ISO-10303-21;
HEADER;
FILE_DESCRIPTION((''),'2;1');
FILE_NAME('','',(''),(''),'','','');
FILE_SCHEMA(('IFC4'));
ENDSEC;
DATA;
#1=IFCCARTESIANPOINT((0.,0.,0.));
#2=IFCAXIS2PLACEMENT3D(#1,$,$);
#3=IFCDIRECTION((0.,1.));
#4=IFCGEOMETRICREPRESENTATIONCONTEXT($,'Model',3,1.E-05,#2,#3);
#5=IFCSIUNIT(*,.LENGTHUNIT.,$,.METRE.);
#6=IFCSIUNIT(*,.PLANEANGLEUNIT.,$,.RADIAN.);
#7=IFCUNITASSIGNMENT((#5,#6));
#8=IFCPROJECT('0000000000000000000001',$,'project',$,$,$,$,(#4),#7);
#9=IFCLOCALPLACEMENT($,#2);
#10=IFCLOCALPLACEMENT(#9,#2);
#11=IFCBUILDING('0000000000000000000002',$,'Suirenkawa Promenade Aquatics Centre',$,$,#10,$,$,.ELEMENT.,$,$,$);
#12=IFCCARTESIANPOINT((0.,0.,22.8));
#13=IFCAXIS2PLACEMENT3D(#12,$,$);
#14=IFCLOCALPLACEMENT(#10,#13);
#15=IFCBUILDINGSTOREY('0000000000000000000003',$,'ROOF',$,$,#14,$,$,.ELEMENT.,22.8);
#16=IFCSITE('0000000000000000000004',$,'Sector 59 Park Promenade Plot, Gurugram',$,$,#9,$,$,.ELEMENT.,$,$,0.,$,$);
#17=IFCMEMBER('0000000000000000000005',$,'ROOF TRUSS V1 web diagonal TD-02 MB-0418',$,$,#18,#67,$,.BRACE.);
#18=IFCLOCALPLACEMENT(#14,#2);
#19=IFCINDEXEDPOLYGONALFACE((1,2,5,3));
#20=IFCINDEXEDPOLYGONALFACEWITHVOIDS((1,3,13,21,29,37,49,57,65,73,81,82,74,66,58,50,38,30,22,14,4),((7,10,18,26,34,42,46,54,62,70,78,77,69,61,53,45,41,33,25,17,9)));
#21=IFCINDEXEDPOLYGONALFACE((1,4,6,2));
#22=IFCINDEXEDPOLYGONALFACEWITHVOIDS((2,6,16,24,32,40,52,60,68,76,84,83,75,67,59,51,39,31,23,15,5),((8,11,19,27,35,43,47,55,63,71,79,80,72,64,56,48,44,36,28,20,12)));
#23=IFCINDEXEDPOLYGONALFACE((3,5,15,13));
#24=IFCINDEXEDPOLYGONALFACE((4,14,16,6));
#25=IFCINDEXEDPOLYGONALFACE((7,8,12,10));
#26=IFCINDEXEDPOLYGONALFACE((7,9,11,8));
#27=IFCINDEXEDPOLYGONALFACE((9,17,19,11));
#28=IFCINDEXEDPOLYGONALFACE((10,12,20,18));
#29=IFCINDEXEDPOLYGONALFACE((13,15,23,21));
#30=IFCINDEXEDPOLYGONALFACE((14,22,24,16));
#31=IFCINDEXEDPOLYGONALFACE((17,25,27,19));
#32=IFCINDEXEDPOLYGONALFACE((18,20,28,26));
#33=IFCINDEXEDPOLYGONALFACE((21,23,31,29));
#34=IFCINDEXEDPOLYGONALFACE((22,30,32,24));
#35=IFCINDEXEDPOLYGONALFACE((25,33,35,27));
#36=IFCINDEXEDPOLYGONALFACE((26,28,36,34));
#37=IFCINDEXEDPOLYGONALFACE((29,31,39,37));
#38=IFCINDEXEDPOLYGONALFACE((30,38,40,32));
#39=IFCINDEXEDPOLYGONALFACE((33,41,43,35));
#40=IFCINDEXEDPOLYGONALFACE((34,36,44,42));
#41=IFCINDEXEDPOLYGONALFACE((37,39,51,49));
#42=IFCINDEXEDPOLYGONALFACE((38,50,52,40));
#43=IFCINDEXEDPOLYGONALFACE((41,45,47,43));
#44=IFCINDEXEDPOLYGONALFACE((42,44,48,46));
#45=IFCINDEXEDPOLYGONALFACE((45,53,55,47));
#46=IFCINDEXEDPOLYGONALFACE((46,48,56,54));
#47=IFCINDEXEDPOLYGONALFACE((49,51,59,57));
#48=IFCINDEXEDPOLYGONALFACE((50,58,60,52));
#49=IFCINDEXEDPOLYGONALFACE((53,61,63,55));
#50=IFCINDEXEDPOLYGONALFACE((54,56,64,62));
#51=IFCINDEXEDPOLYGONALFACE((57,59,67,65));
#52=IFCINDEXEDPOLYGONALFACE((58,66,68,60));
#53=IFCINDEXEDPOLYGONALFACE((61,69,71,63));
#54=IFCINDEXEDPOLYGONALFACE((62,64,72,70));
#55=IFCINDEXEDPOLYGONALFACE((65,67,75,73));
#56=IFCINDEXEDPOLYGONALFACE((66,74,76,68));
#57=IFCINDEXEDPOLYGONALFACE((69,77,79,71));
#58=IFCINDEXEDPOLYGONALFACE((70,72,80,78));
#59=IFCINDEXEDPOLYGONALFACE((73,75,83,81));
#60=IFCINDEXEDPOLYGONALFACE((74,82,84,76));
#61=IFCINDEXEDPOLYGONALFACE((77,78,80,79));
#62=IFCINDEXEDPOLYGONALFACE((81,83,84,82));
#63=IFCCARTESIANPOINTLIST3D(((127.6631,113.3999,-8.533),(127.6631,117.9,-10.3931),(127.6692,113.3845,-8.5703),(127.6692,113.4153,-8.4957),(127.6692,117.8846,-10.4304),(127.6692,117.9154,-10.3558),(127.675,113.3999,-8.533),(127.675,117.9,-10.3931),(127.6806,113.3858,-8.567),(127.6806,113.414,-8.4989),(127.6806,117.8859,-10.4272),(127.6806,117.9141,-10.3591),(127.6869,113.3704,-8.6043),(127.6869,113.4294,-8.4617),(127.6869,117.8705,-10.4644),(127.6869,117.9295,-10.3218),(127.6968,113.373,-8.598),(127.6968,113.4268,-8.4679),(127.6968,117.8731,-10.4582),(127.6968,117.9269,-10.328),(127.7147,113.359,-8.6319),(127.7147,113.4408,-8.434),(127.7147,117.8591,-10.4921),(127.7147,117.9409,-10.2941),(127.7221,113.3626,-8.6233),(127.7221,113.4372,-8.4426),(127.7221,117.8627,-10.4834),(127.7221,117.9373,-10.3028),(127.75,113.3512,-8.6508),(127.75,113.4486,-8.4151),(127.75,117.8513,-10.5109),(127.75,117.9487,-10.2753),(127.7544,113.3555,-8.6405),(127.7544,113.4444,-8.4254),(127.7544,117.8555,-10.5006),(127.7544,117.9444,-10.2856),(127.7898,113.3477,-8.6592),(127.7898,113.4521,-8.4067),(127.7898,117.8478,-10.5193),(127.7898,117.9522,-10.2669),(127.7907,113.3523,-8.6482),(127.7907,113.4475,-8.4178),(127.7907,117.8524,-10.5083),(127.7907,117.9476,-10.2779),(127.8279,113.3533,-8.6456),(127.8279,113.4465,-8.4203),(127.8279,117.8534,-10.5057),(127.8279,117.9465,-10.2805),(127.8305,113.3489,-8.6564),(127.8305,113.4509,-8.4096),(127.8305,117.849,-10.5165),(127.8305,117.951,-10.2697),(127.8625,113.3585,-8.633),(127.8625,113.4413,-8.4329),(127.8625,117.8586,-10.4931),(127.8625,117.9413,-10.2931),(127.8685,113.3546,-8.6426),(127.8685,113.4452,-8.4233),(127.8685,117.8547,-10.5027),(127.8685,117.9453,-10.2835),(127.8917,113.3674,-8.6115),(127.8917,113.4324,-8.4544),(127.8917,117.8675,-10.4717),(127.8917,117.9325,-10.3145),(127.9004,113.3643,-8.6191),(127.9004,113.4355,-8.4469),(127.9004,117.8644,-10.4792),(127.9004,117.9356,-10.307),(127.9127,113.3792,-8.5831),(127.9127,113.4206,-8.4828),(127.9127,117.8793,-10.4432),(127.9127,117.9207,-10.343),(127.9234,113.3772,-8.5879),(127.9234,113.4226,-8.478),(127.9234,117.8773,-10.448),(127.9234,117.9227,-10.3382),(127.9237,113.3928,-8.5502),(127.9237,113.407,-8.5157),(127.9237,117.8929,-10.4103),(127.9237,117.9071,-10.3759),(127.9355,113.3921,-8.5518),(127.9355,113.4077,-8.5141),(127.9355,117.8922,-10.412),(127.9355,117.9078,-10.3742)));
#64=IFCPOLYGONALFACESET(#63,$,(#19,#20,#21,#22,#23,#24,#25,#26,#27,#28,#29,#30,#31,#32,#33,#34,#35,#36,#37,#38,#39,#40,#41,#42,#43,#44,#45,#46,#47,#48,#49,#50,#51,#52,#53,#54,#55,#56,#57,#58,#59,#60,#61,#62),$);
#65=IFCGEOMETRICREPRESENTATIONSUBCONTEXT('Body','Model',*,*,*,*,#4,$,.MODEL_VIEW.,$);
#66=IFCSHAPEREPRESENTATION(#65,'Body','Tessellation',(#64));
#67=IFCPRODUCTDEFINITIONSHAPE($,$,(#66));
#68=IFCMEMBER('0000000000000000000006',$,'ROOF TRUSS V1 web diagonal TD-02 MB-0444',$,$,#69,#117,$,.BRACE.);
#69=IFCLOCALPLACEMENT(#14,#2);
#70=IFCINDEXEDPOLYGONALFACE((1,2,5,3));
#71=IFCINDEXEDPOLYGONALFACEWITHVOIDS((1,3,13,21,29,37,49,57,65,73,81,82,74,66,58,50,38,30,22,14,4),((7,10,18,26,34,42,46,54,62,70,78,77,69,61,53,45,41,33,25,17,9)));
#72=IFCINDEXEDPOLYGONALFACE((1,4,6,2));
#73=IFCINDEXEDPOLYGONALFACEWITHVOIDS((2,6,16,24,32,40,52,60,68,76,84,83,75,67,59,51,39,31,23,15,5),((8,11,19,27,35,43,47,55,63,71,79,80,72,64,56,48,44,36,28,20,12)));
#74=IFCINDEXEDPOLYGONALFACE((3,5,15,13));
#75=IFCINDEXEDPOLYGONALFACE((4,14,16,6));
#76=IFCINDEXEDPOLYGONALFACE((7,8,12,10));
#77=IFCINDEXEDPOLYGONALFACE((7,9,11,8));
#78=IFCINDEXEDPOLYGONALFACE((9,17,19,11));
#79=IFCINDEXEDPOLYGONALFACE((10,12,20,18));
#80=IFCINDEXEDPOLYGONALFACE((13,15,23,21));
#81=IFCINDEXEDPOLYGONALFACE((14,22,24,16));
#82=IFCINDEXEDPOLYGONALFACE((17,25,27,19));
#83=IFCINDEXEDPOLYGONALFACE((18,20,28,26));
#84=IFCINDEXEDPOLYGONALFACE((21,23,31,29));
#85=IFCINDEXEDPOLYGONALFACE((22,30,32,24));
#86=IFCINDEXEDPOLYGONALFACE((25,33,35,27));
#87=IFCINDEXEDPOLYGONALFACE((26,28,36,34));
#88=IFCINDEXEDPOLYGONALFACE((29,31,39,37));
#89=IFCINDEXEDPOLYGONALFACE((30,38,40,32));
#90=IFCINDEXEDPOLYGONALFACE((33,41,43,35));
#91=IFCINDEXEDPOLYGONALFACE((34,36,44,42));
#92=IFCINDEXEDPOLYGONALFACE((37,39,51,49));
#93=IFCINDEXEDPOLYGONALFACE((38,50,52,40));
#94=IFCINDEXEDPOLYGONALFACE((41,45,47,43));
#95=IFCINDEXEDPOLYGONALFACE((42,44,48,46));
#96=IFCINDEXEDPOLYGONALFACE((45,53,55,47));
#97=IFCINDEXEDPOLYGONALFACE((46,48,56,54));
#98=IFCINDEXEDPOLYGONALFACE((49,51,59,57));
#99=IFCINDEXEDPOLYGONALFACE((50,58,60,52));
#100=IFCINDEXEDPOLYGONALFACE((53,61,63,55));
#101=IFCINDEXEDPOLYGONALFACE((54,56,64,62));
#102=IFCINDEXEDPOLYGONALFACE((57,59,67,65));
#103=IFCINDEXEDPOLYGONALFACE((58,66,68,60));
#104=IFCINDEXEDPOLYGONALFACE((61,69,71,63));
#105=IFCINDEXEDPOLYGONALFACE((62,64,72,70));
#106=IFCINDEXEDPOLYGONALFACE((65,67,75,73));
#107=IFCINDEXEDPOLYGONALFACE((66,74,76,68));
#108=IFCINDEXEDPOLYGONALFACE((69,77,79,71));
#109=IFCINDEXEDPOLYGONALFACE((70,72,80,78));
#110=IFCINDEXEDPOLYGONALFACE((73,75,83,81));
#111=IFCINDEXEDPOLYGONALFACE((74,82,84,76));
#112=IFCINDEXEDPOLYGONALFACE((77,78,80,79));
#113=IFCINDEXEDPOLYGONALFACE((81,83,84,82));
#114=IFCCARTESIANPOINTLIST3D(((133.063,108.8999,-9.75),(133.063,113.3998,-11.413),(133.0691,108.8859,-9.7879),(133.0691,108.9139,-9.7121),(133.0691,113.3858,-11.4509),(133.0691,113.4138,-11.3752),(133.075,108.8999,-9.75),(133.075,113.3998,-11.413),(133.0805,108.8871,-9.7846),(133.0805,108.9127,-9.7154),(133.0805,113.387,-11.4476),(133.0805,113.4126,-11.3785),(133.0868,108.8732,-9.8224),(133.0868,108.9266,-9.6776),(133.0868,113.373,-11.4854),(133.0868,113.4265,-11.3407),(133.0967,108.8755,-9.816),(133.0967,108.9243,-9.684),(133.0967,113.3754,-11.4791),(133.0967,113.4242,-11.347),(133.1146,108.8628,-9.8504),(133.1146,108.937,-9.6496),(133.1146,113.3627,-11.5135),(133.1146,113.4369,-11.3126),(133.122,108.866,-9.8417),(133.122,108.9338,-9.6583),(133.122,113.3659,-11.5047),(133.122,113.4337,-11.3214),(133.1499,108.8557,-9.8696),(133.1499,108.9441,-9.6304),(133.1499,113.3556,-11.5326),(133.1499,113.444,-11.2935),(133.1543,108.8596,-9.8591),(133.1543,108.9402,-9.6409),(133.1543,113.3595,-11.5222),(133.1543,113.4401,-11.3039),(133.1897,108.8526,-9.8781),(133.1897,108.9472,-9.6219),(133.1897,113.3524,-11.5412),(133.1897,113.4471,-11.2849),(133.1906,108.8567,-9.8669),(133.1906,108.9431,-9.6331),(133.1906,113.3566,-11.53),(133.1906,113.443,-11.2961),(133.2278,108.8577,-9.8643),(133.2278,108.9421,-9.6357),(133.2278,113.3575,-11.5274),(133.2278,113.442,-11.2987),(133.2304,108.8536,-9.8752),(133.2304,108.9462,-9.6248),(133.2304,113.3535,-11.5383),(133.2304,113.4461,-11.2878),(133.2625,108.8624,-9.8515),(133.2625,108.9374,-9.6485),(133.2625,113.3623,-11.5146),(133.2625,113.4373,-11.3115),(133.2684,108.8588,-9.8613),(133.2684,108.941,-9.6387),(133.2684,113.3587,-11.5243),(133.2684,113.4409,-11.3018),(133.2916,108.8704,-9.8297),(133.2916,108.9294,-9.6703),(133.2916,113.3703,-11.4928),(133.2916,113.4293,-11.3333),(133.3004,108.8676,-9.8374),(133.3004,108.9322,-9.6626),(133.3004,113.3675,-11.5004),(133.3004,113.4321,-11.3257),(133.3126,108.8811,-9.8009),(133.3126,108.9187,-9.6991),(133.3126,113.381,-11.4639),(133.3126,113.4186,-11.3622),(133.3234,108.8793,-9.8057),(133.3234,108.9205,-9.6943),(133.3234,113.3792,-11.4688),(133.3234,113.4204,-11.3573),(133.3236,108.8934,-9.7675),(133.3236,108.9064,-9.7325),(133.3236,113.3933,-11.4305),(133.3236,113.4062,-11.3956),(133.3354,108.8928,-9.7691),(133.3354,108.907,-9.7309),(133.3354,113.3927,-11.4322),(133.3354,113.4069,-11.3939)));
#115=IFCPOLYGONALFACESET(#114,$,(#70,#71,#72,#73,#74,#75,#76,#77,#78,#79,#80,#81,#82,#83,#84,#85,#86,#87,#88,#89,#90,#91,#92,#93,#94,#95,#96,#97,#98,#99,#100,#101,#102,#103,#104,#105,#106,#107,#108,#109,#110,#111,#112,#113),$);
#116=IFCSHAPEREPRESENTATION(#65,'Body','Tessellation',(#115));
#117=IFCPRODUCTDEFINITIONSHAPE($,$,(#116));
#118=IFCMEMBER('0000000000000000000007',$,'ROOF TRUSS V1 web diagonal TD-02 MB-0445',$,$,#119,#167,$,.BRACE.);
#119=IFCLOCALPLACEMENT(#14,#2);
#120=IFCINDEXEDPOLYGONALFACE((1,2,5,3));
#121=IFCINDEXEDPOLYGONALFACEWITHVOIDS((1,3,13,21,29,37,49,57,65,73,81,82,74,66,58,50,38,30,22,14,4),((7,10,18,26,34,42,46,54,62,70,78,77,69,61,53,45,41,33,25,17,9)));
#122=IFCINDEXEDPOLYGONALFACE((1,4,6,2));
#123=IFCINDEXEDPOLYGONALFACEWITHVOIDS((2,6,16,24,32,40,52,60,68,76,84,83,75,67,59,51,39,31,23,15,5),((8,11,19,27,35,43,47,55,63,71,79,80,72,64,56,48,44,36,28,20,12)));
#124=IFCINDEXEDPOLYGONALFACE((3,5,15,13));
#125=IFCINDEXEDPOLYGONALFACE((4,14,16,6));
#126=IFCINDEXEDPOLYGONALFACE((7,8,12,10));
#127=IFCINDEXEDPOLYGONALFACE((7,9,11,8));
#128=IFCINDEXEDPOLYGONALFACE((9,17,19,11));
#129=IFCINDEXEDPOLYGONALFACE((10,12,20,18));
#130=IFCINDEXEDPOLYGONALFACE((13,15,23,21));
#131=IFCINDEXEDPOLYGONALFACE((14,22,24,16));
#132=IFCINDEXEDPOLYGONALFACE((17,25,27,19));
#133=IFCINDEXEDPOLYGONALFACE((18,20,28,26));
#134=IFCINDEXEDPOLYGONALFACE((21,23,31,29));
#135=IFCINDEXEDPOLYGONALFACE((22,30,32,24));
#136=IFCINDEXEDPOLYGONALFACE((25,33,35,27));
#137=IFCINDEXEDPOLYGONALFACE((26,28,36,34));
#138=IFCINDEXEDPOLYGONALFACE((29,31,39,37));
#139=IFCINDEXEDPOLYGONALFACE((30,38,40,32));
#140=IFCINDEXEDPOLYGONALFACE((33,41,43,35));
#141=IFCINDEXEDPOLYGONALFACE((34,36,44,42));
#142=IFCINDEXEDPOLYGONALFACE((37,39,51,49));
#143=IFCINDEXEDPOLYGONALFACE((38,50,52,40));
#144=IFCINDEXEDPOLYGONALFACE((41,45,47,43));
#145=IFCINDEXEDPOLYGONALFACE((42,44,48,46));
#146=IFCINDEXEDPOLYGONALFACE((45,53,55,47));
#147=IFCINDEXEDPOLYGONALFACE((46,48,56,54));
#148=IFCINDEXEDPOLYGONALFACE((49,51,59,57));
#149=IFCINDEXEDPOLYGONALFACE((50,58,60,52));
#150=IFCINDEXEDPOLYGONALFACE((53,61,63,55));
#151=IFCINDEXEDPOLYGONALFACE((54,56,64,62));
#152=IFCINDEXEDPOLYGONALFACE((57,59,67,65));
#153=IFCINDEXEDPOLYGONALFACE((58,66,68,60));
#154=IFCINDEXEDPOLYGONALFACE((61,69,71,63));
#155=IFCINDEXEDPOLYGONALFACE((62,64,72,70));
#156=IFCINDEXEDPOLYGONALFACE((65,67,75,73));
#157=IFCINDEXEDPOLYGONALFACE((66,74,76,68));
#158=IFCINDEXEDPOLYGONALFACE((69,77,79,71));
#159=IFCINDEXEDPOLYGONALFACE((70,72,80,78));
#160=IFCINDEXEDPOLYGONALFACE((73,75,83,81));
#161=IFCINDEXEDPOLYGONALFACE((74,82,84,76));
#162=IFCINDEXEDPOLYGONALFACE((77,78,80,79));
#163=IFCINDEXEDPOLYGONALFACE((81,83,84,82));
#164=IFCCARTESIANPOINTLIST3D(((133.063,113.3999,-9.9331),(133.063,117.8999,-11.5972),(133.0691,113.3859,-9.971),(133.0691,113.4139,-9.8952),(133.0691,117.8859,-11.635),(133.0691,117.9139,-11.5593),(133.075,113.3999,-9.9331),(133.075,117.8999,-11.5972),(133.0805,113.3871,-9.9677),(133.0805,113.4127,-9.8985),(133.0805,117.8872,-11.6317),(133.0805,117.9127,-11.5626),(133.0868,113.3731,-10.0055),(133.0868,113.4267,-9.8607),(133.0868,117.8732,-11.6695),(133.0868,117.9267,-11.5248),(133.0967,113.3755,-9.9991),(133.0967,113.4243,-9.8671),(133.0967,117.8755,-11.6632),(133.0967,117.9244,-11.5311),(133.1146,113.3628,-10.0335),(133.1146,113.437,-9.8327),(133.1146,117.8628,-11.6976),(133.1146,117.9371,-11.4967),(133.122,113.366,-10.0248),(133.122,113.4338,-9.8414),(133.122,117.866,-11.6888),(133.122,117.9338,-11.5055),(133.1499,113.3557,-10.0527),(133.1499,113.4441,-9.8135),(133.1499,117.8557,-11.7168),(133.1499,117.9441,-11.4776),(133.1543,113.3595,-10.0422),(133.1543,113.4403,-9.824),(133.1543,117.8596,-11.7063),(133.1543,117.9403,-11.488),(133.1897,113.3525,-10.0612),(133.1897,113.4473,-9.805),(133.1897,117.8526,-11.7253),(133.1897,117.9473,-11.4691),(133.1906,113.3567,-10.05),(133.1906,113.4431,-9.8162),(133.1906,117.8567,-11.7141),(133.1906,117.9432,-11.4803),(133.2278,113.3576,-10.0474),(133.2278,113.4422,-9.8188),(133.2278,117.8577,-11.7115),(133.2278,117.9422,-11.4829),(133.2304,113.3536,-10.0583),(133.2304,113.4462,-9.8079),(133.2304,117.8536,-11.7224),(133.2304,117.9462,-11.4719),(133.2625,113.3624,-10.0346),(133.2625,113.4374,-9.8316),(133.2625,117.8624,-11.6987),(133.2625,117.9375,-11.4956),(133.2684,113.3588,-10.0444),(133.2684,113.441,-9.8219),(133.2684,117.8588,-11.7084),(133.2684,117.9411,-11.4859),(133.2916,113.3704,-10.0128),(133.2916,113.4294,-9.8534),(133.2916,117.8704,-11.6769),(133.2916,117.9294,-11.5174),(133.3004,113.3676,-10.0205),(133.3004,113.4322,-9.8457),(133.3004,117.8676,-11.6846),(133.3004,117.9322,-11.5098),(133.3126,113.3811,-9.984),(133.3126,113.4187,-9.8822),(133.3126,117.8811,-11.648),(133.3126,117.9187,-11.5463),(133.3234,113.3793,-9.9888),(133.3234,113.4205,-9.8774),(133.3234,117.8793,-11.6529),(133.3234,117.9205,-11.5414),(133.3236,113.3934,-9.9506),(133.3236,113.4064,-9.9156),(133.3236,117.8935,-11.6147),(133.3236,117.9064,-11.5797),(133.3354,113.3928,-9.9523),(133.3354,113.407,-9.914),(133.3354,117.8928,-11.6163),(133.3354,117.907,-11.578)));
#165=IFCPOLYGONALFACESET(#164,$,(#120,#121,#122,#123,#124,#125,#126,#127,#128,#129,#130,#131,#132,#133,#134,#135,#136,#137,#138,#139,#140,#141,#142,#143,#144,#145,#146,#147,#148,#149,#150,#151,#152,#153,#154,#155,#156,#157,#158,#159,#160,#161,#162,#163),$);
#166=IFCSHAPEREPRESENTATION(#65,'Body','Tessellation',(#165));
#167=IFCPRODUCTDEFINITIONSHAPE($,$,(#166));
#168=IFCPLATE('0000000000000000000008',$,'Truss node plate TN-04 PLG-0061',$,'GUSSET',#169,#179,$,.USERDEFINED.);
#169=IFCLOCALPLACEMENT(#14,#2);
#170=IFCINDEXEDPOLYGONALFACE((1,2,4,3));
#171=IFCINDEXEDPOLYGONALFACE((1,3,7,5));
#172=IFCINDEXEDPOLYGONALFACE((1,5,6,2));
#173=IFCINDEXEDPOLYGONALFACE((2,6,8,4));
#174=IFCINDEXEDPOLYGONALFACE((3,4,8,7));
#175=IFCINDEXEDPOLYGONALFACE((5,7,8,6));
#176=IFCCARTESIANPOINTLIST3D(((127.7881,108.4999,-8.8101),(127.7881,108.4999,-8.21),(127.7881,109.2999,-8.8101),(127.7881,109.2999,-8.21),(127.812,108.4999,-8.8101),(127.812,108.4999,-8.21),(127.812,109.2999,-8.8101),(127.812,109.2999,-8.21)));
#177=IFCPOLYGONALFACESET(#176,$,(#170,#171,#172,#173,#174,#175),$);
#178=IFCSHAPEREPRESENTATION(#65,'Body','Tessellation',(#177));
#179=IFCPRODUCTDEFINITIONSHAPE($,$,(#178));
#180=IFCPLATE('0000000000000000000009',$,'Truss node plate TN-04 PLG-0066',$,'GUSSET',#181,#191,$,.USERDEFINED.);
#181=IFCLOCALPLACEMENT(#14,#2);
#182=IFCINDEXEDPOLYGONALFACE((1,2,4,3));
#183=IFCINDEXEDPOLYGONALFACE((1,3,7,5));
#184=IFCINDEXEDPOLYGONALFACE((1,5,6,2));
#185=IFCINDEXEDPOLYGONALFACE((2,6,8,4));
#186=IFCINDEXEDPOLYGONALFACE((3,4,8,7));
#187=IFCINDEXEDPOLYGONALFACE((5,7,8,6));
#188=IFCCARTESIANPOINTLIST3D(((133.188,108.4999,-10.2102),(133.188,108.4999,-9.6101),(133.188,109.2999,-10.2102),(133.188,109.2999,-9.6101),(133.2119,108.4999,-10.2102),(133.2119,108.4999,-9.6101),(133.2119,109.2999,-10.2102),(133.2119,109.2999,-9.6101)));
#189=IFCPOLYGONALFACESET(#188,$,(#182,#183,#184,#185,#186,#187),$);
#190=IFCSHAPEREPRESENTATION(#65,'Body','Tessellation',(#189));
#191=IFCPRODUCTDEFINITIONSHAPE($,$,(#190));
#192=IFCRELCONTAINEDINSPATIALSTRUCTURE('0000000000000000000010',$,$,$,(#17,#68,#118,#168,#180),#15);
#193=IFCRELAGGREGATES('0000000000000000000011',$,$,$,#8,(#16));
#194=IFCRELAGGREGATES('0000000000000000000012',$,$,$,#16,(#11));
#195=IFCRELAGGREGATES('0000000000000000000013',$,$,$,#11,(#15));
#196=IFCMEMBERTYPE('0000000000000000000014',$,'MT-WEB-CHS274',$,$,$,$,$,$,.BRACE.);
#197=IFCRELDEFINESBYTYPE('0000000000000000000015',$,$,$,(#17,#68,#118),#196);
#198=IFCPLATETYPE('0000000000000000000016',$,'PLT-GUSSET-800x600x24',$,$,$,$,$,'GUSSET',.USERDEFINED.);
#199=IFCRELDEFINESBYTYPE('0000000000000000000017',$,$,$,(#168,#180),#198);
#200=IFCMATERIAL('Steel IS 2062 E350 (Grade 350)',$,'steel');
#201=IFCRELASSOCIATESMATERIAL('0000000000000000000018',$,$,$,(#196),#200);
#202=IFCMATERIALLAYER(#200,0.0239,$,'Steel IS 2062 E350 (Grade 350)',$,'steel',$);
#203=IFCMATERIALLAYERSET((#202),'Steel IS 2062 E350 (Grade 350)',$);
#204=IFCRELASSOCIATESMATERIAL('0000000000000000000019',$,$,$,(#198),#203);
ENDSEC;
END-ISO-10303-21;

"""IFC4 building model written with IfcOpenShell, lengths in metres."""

from ifc_helpers import new_model, si_unit, direction, frame, origin, origin_2d, place, context, subcontext, project, spatial, rectangle, hollow_circle, extrude, material, layer, layer_set, material_profile, profile_set, type_object, element, save


model = new_model("IFC4")

# Units and contexts
model_context = context("Model", 3, precision=1e-05, world=origin(), true_north=direction((0.0, 1.0)))
body_context = subcontext(model_context, "Body", "Model", "MODEL_VIEW")
ifc_project = project(units=[si_unit("LENGTHUNIT", "METRE"), si_unit("PLANEANGLEUNIT", "RADIAN")], contexts=[model_context])

# Site, building, storey
site_placement = place(None, origin())
site = spatial("IfcSite", under=ifc_project, at=site_placement, Name="Sector 59 Park Promenade Plot, Gurugram", CompositionType="ELEMENT", RefElevation=0.0)
building_placement = place(site_placement, origin())
building = spatial("IfcBuilding", under=site, at=building_placement, Name="Suirenkawa Promenade Aquatics Centre", CompositionType="ELEMENT")
storey_placement = place(building_placement, frame((0.0, 0.0, 22.8)))
storey = spatial("IfcBuildingStorey", under=building, at=storey_placement, Name="ROOF", CompositionType="ELEMENT", Elevation=22.8)

# Shared definitions
ifc_material = material(Name="Steel IS 2062 E350 (Grade 350)", Category="steel")

# Members
ifc_material_profile_1 = material_profile(ifc_material, hollow_circle(Radius=0.137, WallThickness=0.012, at=origin_2d()), Name="CHS 274x12", Category="steel")
ifc_profile_set_1 = profile_set([ifc_material_profile_1], Name="Steel IS 2062 E350 (Grade 350)")
member_type_1 = type_object("IfcMemberType", Name="MT-WEB-CHS274", PredefinedType="BRACE", material=ifc_profile_set_1)
member_1_placement = place(storey_placement, frame((127.8, 113.3999, -8.533), z_axis=(0.0, 0.924159, -0.382008), x_axis=(-1.0, 0.0, 0.0)))
element("IfcMember", 1, at=member_1_placement, inside=storey, type_object=member_type_1, Name="ROOF TRUSS V1 web diagonal TD-02 MB-0418", PredefinedType="BRACE", context=body_context, shape_type="SweptSolid", body=[
    extrude(hollow_circle(Radius=0.137, WallThickness=0.012, at=origin_2d()), origin(), (0.0, 0.0, 1.0), 4.8694),
])
member_2_placement = place(storey_placement, frame((133.2, 108.8999, -9.75), z_axis=(0.0, 0.937992, -0.346658), x_axis=(-1.0, 0.0, 0.0)))
element("IfcMember", 2, at=member_2_placement, inside=storey, type_object=member_type_1, Name="ROOF TRUSS V1 web diagonal TD-02 MB-0444", PredefinedType="BRACE", context=body_context, shape_type="SweptSolid", body=[
    extrude(hollow_circle(Radius=0.137, WallThickness=0.012, at=origin_2d()), origin(), (0.0, 0.0, 1.0), 4.7974),
])
member_3_placement = place(storey_placement, frame((133.2, 113.3999, -9.9331), z_axis=(0.0, 0.937925, -0.346837), x_axis=(-1.0, 0.0, 0.0)))
element("IfcMember", 3, at=member_3_placement, inside=storey, type_object=member_type_1, Name="ROOF TRUSS V1 web diagonal TD-02 MB-0445", PredefinedType="BRACE", context=body_context, shape_type="SweptSolid", body=[
    extrude(hollow_circle(Radius=0.137, WallThickness=0.012, at=origin_2d()), origin(), (0.0, 0.0, 1.0), 4.7979),
])

# Plates
ifc_layer = layer(ifc_material, 0.0239, Name="Steel IS 2062 E350 (Grade 350)", Category="steel")
ifc_layer_set = layer_set([ifc_layer], Name="Steel IS 2062 E350 (Grade 350)")
plate_type = type_object("IfcPlateType", Name="PLT-GUSSET-800x600x24", ElementType="GUSSET", PredefinedType="USERDEFINED", material=ifc_layer_set)
for number, where, z_axis, x_axis, name in (
    (4, (127.8, 108.8999, -8.8101), (0.0, 0.0, 1.0), (0.0, 1.0, 0.0), "Truss node plate TN-04 PLG-0061"),
    (5, (133.2, 108.8999, -10.2102), (0.0, 0.0, 1.0), (0.0, 1.0, 0.0), "Truss node plate TN-04 PLG-0066"),
):
    element("IfcPlate", number, at=place(storey_placement, frame(where, z_axis=z_axis, x_axis=x_axis)), inside=storey, type_object=plate_type, Name=name, ObjectType="GUSSET", PredefinedType="USERDEFINED", context=body_context, shape_type="SweptSolid", body=[
        extrude(rectangle(XDim=0.8, YDim=0.0239, at=origin_2d()), origin(), (0.0, 0.0, 1.0), 0.6001),
    ])

save(model, "model.ifc")
